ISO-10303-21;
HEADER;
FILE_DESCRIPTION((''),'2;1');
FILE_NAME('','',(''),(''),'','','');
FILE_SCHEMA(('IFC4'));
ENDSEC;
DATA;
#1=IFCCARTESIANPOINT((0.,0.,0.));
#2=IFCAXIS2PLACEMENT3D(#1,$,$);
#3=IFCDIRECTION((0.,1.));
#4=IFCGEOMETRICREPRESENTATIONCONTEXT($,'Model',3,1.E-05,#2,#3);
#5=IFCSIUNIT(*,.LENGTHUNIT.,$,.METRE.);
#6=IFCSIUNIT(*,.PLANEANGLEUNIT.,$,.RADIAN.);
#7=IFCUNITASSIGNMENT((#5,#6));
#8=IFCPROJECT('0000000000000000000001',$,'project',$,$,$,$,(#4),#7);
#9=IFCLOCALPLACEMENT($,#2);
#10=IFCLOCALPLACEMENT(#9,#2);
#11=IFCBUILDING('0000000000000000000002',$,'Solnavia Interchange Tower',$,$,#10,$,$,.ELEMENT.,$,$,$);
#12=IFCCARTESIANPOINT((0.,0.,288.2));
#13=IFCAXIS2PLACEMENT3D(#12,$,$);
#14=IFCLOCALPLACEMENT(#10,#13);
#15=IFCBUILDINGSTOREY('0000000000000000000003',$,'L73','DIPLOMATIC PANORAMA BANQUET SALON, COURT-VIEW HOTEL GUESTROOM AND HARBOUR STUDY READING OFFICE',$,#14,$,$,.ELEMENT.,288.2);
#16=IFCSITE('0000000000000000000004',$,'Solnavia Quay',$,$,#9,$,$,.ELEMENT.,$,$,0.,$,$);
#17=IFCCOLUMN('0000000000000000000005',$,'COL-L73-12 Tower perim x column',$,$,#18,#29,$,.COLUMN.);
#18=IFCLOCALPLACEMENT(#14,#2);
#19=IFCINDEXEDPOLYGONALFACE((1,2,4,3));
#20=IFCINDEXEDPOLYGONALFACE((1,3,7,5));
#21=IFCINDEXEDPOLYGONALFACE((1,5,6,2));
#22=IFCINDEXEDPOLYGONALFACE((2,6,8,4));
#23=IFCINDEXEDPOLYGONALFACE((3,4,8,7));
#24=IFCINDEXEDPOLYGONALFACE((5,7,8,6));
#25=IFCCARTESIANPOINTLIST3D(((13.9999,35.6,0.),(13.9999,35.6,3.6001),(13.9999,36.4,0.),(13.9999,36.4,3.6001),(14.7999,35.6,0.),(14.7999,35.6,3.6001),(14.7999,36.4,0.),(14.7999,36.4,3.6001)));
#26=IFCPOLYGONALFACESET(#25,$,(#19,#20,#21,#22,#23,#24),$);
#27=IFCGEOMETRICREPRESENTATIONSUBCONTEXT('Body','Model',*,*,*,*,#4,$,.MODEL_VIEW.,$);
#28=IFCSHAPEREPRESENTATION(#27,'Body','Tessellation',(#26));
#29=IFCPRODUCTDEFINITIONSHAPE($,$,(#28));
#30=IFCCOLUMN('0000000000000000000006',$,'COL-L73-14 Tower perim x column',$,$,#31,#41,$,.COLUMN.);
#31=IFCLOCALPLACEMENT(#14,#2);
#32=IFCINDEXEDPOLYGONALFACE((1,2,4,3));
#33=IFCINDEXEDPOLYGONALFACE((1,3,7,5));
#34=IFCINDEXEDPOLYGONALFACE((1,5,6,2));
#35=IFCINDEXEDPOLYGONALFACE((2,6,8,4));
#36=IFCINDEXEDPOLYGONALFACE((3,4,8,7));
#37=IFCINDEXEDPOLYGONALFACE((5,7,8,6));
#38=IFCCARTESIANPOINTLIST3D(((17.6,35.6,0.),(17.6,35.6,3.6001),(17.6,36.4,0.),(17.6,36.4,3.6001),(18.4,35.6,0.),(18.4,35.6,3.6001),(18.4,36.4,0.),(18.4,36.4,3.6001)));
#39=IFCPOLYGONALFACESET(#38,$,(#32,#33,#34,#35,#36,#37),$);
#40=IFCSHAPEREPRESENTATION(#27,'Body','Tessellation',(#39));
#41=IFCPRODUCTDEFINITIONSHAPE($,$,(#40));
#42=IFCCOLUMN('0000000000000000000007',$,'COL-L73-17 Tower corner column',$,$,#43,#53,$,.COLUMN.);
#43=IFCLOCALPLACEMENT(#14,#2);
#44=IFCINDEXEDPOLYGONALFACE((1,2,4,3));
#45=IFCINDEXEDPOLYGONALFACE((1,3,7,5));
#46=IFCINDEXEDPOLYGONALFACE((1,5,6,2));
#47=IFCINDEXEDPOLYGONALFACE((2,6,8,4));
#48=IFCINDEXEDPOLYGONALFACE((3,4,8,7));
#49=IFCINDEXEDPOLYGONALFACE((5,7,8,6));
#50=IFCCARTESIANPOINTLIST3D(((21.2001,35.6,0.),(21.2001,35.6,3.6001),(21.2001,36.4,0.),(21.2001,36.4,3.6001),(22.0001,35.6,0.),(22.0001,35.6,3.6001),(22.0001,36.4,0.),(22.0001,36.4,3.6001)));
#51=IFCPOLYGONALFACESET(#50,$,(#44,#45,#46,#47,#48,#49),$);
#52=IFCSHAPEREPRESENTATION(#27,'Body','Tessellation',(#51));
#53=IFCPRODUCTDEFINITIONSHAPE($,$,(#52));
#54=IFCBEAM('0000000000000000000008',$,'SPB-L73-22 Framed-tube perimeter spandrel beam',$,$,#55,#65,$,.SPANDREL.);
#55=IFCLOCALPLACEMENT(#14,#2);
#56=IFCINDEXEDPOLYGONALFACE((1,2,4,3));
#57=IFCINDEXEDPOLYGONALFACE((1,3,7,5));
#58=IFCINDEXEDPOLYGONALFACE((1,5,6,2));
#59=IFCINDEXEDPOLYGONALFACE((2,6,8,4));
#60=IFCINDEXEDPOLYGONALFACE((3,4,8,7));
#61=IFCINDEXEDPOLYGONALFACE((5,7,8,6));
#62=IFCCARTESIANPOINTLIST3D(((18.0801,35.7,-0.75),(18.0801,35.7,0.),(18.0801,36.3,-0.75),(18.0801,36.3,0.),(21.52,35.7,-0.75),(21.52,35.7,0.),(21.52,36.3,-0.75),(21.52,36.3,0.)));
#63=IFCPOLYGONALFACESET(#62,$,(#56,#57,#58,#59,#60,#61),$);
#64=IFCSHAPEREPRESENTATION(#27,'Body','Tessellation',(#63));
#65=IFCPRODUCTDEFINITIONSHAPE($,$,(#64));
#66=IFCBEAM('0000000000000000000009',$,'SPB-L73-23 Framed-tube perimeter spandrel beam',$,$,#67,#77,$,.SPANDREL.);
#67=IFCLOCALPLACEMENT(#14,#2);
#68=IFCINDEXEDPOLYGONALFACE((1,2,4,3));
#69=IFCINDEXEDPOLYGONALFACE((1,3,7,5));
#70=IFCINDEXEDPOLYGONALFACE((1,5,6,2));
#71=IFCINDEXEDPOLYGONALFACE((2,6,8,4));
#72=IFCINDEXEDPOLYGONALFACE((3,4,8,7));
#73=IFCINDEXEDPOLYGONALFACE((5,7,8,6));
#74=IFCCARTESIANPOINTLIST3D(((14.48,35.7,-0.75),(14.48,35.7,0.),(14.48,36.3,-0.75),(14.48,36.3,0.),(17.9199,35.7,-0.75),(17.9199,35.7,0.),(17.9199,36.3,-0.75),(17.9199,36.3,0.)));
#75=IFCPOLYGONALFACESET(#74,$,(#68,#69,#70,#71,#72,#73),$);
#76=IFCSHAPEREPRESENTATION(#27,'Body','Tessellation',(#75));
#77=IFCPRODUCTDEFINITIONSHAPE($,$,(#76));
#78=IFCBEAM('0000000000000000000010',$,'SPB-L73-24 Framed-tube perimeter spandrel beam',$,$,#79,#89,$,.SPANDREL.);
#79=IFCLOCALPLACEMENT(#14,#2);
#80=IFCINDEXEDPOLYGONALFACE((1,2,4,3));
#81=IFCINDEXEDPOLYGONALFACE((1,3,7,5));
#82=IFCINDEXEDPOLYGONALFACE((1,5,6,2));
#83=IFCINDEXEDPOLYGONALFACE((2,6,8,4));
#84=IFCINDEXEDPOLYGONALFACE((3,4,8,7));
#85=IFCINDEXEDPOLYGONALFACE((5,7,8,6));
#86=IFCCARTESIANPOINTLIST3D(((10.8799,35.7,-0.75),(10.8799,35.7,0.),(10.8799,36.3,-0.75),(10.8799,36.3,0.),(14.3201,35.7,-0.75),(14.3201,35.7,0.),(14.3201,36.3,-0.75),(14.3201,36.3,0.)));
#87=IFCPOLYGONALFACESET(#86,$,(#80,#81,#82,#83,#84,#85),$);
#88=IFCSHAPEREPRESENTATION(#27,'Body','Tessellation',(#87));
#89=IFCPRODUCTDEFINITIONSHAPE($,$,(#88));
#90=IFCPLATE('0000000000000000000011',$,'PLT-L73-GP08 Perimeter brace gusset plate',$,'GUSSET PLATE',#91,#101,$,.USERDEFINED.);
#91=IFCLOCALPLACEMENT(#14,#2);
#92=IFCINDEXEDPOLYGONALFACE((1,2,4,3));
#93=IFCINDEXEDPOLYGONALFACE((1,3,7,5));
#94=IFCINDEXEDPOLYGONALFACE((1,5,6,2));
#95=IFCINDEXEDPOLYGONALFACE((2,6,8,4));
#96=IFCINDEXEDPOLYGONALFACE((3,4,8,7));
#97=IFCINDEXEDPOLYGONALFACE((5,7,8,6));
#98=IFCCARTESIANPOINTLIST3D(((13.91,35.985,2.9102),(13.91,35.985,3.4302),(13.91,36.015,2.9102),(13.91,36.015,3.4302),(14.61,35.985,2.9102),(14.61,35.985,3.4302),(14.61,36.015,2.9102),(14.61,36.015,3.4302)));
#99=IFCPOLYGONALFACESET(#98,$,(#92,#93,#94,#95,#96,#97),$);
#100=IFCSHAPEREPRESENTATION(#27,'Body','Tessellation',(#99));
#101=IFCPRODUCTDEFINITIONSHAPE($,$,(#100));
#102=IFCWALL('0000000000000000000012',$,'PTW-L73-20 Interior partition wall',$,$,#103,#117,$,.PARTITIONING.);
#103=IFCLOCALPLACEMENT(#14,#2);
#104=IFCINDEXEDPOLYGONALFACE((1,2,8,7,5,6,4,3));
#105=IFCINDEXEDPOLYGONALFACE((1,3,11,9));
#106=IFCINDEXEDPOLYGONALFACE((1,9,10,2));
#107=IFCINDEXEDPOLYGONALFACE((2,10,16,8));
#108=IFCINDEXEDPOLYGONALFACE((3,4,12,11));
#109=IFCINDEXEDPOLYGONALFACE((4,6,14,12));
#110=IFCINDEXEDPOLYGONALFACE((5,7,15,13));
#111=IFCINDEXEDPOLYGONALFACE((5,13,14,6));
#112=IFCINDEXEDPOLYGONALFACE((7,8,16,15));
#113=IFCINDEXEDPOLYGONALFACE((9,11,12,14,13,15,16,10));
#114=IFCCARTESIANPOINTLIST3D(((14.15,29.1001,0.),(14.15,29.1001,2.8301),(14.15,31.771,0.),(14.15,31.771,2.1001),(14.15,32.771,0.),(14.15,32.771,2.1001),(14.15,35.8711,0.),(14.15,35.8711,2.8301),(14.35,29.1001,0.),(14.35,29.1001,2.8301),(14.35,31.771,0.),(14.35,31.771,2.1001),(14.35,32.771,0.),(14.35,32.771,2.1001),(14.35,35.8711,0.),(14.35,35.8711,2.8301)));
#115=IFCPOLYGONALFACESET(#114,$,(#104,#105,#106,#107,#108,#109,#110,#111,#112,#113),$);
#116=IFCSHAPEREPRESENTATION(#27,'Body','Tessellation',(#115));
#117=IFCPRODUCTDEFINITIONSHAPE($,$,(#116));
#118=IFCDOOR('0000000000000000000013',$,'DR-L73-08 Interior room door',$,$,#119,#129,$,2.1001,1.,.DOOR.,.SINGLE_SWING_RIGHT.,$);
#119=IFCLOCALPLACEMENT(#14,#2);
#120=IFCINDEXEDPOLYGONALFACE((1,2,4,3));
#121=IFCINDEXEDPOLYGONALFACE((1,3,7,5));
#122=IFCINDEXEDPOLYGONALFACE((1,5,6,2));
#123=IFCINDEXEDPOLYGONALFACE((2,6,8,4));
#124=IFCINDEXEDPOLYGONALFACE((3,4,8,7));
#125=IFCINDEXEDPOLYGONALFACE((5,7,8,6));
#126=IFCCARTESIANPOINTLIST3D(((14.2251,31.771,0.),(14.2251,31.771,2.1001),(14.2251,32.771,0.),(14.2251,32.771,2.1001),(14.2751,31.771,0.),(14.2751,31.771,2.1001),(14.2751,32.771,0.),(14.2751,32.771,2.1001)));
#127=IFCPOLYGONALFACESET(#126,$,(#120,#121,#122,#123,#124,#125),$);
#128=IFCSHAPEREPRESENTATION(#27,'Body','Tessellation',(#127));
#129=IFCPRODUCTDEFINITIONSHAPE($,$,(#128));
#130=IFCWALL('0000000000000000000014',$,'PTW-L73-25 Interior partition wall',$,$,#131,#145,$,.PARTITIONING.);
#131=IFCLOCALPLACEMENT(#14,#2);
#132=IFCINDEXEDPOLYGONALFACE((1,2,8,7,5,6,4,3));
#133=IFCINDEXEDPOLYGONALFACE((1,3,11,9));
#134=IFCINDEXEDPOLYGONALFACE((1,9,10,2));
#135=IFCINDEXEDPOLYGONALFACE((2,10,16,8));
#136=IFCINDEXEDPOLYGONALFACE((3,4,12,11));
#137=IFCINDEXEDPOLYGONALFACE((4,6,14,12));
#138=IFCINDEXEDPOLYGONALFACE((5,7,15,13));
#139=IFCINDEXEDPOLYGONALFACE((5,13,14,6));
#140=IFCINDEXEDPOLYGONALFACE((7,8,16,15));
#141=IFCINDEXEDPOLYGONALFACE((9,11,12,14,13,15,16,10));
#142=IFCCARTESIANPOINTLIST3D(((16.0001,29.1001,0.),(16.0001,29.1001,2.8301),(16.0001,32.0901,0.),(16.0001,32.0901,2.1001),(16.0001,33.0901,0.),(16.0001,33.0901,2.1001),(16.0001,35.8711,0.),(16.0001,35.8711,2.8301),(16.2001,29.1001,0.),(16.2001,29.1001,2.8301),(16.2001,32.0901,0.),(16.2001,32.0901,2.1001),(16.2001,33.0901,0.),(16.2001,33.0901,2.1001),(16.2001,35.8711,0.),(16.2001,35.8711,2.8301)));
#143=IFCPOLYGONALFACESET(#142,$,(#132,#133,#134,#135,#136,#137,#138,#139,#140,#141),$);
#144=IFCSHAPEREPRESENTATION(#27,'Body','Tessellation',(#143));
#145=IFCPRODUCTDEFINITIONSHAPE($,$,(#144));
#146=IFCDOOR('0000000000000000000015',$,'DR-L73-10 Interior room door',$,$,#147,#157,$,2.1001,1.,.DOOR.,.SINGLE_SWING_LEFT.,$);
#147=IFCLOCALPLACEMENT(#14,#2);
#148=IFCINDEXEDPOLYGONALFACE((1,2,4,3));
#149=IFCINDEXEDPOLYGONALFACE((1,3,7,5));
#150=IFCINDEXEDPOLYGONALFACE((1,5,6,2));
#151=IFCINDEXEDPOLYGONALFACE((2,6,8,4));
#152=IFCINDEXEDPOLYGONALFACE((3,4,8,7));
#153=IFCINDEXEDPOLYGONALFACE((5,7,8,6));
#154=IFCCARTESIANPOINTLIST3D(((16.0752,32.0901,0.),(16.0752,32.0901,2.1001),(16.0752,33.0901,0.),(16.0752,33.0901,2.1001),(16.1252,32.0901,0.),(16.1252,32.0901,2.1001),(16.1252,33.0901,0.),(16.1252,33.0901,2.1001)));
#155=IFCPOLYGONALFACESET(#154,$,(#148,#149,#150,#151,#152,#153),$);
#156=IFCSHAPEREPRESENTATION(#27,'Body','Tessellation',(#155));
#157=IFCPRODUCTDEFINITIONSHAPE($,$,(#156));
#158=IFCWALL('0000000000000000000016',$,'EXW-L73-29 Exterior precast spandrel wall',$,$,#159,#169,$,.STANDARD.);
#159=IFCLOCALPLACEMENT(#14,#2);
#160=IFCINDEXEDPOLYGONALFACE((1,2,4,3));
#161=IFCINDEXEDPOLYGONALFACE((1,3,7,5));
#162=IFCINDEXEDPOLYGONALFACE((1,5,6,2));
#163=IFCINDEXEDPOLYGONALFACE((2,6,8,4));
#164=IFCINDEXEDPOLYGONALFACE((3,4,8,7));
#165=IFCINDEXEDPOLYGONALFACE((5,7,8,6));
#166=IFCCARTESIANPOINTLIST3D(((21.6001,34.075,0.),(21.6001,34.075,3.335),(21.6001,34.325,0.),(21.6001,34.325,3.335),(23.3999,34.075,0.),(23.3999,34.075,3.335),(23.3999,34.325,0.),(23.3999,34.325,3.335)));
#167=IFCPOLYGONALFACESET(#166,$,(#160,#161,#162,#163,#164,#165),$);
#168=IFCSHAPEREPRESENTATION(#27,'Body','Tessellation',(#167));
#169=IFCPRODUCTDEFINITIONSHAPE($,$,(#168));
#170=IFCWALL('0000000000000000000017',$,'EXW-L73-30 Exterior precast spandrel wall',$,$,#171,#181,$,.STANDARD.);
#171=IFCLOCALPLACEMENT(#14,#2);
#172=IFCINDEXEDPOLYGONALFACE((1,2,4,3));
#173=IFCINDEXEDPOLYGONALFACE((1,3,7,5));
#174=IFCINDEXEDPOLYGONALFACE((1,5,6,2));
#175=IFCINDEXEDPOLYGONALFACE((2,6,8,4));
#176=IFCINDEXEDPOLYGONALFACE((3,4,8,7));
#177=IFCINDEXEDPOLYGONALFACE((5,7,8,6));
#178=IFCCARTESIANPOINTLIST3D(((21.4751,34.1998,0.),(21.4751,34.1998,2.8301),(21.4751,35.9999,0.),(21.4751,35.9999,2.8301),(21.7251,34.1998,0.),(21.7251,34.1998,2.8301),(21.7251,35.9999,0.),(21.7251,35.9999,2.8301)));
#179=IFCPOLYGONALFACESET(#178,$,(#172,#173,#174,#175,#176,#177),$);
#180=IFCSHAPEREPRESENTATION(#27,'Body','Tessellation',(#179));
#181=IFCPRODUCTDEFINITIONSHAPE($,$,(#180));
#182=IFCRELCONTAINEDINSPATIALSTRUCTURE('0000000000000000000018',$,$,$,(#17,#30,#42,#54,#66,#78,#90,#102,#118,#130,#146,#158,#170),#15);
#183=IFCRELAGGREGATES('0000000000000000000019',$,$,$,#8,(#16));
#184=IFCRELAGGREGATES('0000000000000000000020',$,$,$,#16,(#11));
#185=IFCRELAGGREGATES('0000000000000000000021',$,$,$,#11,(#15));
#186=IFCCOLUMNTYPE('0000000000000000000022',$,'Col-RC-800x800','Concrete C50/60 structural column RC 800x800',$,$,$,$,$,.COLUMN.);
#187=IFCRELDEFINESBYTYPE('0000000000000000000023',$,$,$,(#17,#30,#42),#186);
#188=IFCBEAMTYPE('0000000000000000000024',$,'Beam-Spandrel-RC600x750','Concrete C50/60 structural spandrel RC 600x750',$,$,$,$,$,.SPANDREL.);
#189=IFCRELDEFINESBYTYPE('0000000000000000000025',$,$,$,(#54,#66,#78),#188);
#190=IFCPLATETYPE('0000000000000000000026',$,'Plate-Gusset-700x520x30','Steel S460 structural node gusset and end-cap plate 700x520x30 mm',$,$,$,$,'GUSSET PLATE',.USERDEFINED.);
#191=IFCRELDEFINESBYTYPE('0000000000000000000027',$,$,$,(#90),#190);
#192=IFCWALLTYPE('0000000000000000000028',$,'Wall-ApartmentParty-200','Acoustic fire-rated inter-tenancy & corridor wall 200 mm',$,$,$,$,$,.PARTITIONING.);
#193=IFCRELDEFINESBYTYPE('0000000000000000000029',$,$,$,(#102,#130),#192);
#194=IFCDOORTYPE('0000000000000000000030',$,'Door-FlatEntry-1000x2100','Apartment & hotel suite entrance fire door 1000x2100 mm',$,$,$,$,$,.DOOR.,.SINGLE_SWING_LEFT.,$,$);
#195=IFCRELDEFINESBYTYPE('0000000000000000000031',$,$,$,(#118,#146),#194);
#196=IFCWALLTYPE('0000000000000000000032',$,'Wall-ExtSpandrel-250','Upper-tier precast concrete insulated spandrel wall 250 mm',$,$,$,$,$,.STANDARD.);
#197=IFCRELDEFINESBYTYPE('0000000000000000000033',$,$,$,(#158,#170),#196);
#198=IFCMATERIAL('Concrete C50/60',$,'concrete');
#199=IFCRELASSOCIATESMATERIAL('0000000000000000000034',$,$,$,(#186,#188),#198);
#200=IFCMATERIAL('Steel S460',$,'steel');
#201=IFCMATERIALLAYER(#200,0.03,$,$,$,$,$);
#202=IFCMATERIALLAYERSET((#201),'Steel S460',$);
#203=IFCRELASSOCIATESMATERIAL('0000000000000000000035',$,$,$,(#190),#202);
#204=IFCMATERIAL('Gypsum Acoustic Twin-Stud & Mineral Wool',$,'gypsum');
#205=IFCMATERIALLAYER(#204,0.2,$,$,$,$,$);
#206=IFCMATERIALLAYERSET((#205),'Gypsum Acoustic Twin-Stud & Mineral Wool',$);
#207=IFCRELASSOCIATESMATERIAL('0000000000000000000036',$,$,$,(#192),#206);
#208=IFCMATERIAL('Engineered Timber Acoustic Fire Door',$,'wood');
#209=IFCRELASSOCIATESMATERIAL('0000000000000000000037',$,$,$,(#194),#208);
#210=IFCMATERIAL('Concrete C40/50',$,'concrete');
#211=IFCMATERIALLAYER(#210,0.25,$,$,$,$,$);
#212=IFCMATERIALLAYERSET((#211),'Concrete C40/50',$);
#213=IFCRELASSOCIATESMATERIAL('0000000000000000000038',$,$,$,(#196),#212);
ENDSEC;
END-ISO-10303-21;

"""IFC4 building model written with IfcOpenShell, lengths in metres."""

from ifc_helpers import new_model, si_unit, direction, frame, frame_2d, origin, origin_2d, place, context, subcontext, project, spatial, rectangle, extrude, material, layer, layer_set, material_profile, profile_set, type_object, element, fill, save


model = new_model("IFC4")

# Units and contexts
model_context = context("Model", 3, precision=1e-05, world=origin(), true_north=direction((0.0, 1.0)))
body_context = subcontext(model_context, "Body", "Model", "MODEL_VIEW")
ifc_project = project(units=[si_unit("LENGTHUNIT", "METRE"), si_unit("PLANEANGLEUNIT", "RADIAN")], contexts=[model_context])

# Site, building, storey
site_placement = place(None, origin())
site = spatial("IfcSite", under=ifc_project, at=site_placement, Name="Solnavia Quay", CompositionType="ELEMENT", RefElevation=0.0)
building_placement = place(site_placement, origin())
building = spatial("IfcBuilding", under=site, at=building_placement, Name="Solnavia Interchange Tower", CompositionType="ELEMENT")
storey_placement = place(building_placement, frame((0.0, 0.0, 288.2)))
storey = spatial("IfcBuildingStorey", under=building, at=storey_placement, Name="L73", Description="DIPLOMATIC PANORAMA BANQUET SALON, COURT-VIEW HOTEL GUESTROOM AND HARBOUR STUDY READING OFFICE", CompositionType="ELEMENT", Elevation=288.2)

# Columns
ifc_material_1 = material(Name="Concrete C50/60", Category="concrete")
ifc_material_profile_1 = material_profile(ifc_material_1, rectangle(XDim=0.8, YDim=0.8, at=origin_2d()), Name="RC 800x800")
ifc_profile_set_1 = profile_set([ifc_material_profile_1], Name="Concrete C50/60")
column_type = type_object("IfcColumnType", Name="Col-RC-800x800", Description="Concrete C50/60 structural column RC 800x800", PredefinedType="COLUMN", material=ifc_profile_set_1)
for number, where, z_axis, x_axis, name in (
    (1, (14.3999, 36.0, 0.0), (0.0, 0.0, 1.0), (1.0, 0.0, 0.0), "COL-L73-12 Tower perim x column"),
    (2, (18.0, 36.0, 0.0), (0.0, 0.0, 1.0), (1.0, 0.0, 0.0), "COL-L73-14 Tower perim x column"),
    (3, (21.6001, 36.0, 0.0), (0.0, 0.0, 1.0), (1.0, 0.0, 0.0), "COL-L73-17 Tower corner column"),
):
    element("IfcColumn", number, at=place(storey_placement, frame(where, z_axis=z_axis, x_axis=x_axis)), inside=storey, type_object=column_type, Name=name, PredefinedType="COLUMN", context=body_context, shape_type="SweptSolid", body=[
        extrude(rectangle(XDim=0.8, YDim=0.8, at=origin_2d()), origin(), (0.0, 0.0, 1.0), 3.6001),
    ])

# Beams
ifc_material_profile_2 = material_profile(ifc_material_1, rectangle(XDim=0.6001, YDim=0.75, at=origin_2d()), Name="RC 600x750")
ifc_profile_set_2 = profile_set([ifc_material_profile_2], Name="Concrete C50/60")
beam_type = type_object("IfcBeamType", Name="Beam-Spandrel-RC600x750", Description="Concrete C50/60 structural spandrel RC 600x750", PredefinedType="SPANDREL", material=ifc_profile_set_2)
for number, where, z_axis, x_axis, name in (
    (4, (21.52, 36.0, -0.375), (-1.0, 0.0, 0.0), (0.0, -1.0, 0.0), "SPB-L73-22 Framed-tube perimeter spandrel beam"),
    (5, (17.9199, 36.0, -0.375), (-1.0, 0.0, 0.0), (0.0, -1.0, 0.0), "SPB-L73-23 Framed-tube perimeter spandrel beam"),
):
    element("IfcBeam", number, at=place(storey_placement, frame(where, z_axis=z_axis, x_axis=x_axis)), inside=storey, type_object=beam_type, Name=name, PredefinedType="SPANDREL", context=body_context, shape_type="SweptSolid", body=[
        extrude(rectangle(XDim=0.6001, YDim=0.75, at=origin_2d()), origin(), (0.0, 0.0, 1.0), 3.4399),
    ])
beam_placement = place(storey_placement, frame((14.3201, 36.0, -0.375), z_axis=(-1.0, 0.0, 0.0), x_axis=(0.0, -1.0, 0.0)))
element("IfcBeam", 6, at=beam_placement, inside=storey, type_object=beam_type, Name="SPB-L73-24 Framed-tube perimeter spandrel beam", PredefinedType="SPANDREL", context=body_context, shape_type="SweptSolid", body=[
    extrude(rectangle(XDim=0.6001, YDim=0.75, at=origin_2d()), origin(), (0.0, 0.0, 1.0), 3.4402),
])

# Plate
ifc_material_2 = material(Name="Steel S460", Category="steel")
ifc_layer_1 = layer(ifc_material_2, 0.03)
ifc_layer_set_1 = layer_set([ifc_layer_1], Name="Steel S460")
plate_type = type_object("IfcPlateType", Name="Plate-Gusset-700x520x30", Description="Steel S460 structural node gusset and end-cap plate 700x520x30 mm", ElementType="GUSSET PLATE", PredefinedType="USERDEFINED", material=ifc_layer_set_1)
plate_placement = place(storey_placement, frame((14.26, 36.0, 2.9102), z_axis=(0.0, 0.0, 1.0), x_axis=(1.0, 0.0, 0.0)))
element("IfcPlate", 7, at=plate_placement, inside=storey, type_object=plate_type, Name="PLT-L73-GP08 Perimeter brace gusset plate", ObjectType="GUSSET PLATE", PredefinedType="USERDEFINED", context=body_context, shape_type="SweptSolid", body=[
    extrude(rectangle(XDim=0.7, YDim=0.03, at=origin_2d()), origin(), (0.0, 0.0, 1.0), 0.52),
])

# Walls, openings, doors
ifc_material_3 = material(Name="Gypsum Acoustic Twin-Stud & Mineral Wool", Category="gypsum")
ifc_layer_2 = layer(ifc_material_3, 0.2)
ifc_layer_set_2 = layer_set([ifc_layer_2], Name="Gypsum Acoustic Twin-Stud & Mineral Wool")
wall_type_1 = type_object("IfcWallType", Name="Wall-ApartmentParty-200", Description="Acoustic fire-rated inter-tenancy & corridor wall 200 mm", PredefinedType="PARTITIONING", material=ifc_layer_set_2)
wall_1_placement = place(storey_placement, frame((14.25, 29.1001, 0.0), z_axis=(0.0, 0.0, 1.0), x_axis=(0.0, 1.0, 0.0)))
wall_1 = element("IfcWall", 8, at=wall_1_placement, inside=storey, type_object=wall_type_1, Name="PTW-L73-20 Interior partition wall", PredefinedType="PARTITIONING", context=body_context, shape_type="SweptSolid", body=[
    extrude(rectangle(XDim=6.771, YDim=0.2, at=frame_2d((3.3855, 0.0))), origin(), (0.0, 0.0, 1.0), 2.8301),
])
opening_1_placement = place(wall_1_placement, frame((2.6709, 0.0, 0.0)))
opening_1 = element("IfcOpeningElement", 9, at=opening_1_placement, cuts=wall_1, PredefinedType="OPENING", context=body_context, shape_type="SweptSolid", body=[
    extrude(rectangle(XDim=1.0, YDim=2.1001, at=frame_2d((0.5, 1.05))), frame((0.0, 0.1099, 0.0), z_axis=(0.0, -1.0, 0.0), x_axis=(1.0, 0.0, 0.0)), (0.0, 0.0, 1.0), 0.22),
])
ifc_material_4 = material(Name="Engineered Timber Acoustic Fire Door", Category="wood")
door_type_1 = type_object("IfcDoorType", Name="Door-FlatEntry-1000x2100", Description="Apartment & hotel suite entrance fire door 1000x2100 mm", OperationType="SINGLE_SWING_LEFT", PredefinedType="DOOR", material=ifc_material_4)
door_1_placement = place(opening_1_placement, origin())
door_1 = element("IfcDoor", 10, at=door_1_placement, inside=storey, type_object=door_type_1, Name="DR-L73-08 Interior room door", OperationType="SINGLE_SWING_RIGHT", OverallHeight=2.1001, OverallWidth=1.0, PredefinedType="DOOR", context=body_context, shape_type="SweptSolid", body=[
    extrude(rectangle(XDim=1.0, YDim=2.1001, at=frame_2d((0.5, 1.05))), frame((0.0, 0.0249, 0.0), z_axis=(0.0, -1.0, 0.0), x_axis=(1.0, 0.0, 0.0)), (0.0, 0.0, 1.0), 0.05),
])
fill(opening_1, door_1)
wall_2_placement = place(storey_placement, frame((16.1001, 29.1001, 0.0), z_axis=(0.0, 0.0, 1.0), x_axis=(0.0, 1.0, 0.0)))
wall_2 = element("IfcWall", 11, at=wall_2_placement, inside=storey, type_object=wall_type_1, Name="PTW-L73-25 Interior partition wall", PredefinedType="PARTITIONING", context=body_context, shape_type="SweptSolid", body=[
    extrude(rectangle(XDim=6.771, YDim=0.2, at=frame_2d((3.3855, 0.0))), origin(), (0.0, 0.0, 1.0), 2.8301),
])
opening_2_placement = place(wall_2_placement, frame((2.99, 0.0, 0.0)))
opening_2 = element("IfcOpeningElement", 12, at=opening_2_placement, cuts=wall_2, PredefinedType="OPENING", context=body_context, shape_type="SweptSolid", body=[
    extrude(rectangle(XDim=1.0, YDim=2.1001, at=frame_2d((0.5, 1.05))), frame((0.0, 0.1099, 0.0), z_axis=(0.0, -1.0, 0.0), x_axis=(1.0, 0.0, 0.0)), (0.0, 0.0, 1.0), 0.22),
])
door_2_placement = place(opening_2_placement, origin())
door_2 = element("IfcDoor", 13, at=door_2_placement, inside=storey, type_object=door_type_1, Name="DR-L73-10 Interior room door", OperationType="SINGLE_SWING_LEFT", OverallHeight=2.1001, OverallWidth=1.0, PredefinedType="DOOR", context=body_context, shape_type="SweptSolid", body=[
    extrude(rectangle(XDim=1.0, YDim=2.1001, at=frame_2d((0.5, 1.05))), frame((0.0, 0.0249, 0.0), z_axis=(0.0, -1.0, 0.0), x_axis=(1.0, 0.0, 0.0)), (0.0, 0.0, 1.0), 0.05),
])
fill(opening_2, door_2)

# Walls
ifc_material_5 = material(Name="Concrete C40/50", Category="concrete")
ifc_layer_3 = layer(ifc_material_5, 0.25)
ifc_layer_set_3 = layer_set([ifc_layer_3], Name="Concrete C40/50")
wall_type_2 = type_object("IfcWallType", Name="Wall-ExtSpandrel-250", Description="Upper-tier precast concrete insulated spandrel wall 250 mm", PredefinedType="STANDARD", material=ifc_layer_set_3)
wall_3_placement = place(storey_placement, frame((21.6001, 34.2, 0.0), z_axis=(0.0, 0.0, 1.0), x_axis=(1.0, 0.0, 0.0)))
element("IfcWall", 14, at=wall_3_placement, inside=storey, type_object=wall_type_2, Name="EXW-L73-29 Exterior precast spandrel wall", PredefinedType="STANDARD", context=body_context, shape_type="SweptSolid", body=[
    extrude(rectangle(XDim=1.7998, YDim=0.25, at=frame_2d((0.8999, 0.0))), origin(), (0.0, 0.0, 1.0), 3.335),
])
wall_4_placement = place(storey_placement, frame((21.6001, 34.2, 0.0), z_axis=(0.0, 0.0, 1.0), x_axis=(0.0, 1.0, 0.0)))
element("IfcWall", 15, at=wall_4_placement, inside=storey, type_object=wall_type_2, Name="EXW-L73-30 Exterior precast spandrel wall", PredefinedType="STANDARD", context=body_context, shape_type="SweptSolid", body=[
    extrude(rectangle(XDim=1.8, YDim=0.25, at=frame_2d((0.8999, 0.0))), origin(), (0.0, 0.0, 1.0), 2.8301),
])

save(model, "model.ifc")
